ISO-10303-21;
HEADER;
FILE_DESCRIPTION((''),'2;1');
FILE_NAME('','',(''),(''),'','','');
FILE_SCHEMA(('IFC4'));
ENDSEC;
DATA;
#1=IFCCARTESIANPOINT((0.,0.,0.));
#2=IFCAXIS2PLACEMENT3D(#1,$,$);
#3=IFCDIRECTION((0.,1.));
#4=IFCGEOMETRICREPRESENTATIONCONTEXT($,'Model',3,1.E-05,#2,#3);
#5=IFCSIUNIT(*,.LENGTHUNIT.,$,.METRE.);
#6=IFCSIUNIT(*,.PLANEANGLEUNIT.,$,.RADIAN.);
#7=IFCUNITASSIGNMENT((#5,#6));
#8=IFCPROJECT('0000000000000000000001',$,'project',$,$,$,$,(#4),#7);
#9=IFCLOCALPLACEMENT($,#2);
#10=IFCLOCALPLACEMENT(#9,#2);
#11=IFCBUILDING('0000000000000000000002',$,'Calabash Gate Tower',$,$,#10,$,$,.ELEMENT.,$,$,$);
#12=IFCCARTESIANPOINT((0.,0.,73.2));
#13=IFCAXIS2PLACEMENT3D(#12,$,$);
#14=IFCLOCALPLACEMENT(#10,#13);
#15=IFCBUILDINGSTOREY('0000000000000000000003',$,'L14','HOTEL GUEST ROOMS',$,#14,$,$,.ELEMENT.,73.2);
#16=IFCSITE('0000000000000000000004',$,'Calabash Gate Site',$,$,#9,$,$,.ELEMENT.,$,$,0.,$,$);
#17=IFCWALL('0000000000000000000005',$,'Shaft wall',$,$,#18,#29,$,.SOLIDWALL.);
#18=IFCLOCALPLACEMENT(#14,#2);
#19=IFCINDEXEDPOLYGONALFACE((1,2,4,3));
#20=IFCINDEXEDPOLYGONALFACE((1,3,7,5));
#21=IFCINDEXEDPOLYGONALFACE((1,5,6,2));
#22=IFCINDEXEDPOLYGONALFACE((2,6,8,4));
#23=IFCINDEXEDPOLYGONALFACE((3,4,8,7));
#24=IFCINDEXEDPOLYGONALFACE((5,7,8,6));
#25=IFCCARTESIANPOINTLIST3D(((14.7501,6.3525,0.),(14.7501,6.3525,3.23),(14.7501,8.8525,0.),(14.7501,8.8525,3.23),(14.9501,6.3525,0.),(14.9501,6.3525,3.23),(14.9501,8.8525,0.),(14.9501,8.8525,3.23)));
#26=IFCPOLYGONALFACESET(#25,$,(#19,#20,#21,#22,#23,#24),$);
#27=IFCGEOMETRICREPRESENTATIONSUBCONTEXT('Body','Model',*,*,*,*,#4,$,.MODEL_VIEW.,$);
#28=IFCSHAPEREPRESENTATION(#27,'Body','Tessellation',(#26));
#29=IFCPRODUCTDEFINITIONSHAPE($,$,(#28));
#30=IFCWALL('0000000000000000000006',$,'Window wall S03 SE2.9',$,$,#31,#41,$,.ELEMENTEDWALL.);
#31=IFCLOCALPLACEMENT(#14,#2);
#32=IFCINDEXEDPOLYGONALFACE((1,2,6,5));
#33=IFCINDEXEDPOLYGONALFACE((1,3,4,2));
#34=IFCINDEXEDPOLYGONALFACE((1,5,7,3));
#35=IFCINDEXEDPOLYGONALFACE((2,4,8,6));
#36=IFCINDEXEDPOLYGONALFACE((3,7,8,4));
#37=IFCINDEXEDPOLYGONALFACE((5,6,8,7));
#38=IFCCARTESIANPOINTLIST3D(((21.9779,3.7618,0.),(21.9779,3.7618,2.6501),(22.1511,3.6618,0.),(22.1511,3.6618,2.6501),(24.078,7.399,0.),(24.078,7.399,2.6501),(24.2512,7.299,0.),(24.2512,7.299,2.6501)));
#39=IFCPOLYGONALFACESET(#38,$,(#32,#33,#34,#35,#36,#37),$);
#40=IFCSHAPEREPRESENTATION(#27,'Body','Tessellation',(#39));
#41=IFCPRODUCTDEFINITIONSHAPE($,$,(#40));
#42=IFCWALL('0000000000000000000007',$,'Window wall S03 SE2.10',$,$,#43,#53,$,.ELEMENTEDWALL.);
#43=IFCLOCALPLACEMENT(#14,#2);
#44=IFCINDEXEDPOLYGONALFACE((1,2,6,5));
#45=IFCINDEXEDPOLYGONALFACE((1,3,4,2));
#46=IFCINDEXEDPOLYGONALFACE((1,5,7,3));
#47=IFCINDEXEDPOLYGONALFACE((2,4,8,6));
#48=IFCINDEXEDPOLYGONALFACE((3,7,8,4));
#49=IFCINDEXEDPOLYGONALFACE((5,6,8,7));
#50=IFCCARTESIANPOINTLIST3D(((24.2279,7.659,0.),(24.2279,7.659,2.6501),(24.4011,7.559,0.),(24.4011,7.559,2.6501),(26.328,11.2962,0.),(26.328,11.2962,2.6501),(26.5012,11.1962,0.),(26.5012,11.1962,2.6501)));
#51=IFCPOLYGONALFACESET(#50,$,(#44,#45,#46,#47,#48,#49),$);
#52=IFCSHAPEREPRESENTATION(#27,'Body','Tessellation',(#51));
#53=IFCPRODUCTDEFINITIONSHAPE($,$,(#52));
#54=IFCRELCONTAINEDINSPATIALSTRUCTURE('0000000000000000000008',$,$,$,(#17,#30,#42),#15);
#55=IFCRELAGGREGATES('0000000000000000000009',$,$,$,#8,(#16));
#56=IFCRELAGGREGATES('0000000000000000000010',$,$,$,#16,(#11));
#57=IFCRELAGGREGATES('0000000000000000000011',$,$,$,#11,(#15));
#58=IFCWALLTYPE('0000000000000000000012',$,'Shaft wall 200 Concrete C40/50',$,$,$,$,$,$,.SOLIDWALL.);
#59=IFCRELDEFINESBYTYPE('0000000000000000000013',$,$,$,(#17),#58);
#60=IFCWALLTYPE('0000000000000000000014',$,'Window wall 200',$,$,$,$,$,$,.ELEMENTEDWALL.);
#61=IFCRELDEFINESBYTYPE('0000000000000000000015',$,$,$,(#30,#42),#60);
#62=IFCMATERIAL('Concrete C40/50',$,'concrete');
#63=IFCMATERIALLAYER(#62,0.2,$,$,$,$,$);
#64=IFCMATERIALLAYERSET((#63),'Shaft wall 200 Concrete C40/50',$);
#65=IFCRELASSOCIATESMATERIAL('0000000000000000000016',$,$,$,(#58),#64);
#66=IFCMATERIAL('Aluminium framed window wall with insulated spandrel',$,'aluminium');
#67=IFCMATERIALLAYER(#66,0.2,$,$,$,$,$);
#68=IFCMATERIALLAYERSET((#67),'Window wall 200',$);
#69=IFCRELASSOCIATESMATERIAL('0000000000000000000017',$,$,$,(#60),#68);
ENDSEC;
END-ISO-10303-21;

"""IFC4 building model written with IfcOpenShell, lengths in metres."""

from ifc_helpers import new_model, si_unit, direction, frame, frame_2d, origin, place, context, subcontext, project, spatial, rectangle, extrude, material, layer, layer_set, type_object, element, save


model = new_model("IFC4")

# Units and contexts
model_context = context("Model", 3, precision=1e-05, world=origin(), true_north=direction((0.0, 1.0)))
body_context = subcontext(model_context, "Body", "Model", "MODEL_VIEW")
ifc_project = project(units=[si_unit("LENGTHUNIT", "METRE"), si_unit("PLANEANGLEUNIT", "RADIAN")], contexts=[model_context])

# Site, building, storey
site_placement = place(None, origin())
site = spatial("IfcSite", under=ifc_project, at=site_placement, Name="Calabash Gate Site", CompositionType="ELEMENT", RefElevation=0.0)
building_placement = place(site_placement, origin())
building = spatial("IfcBuilding", under=site, at=building_placement, Name="Calabash Gate Tower", CompositionType="ELEMENT")
storey_placement = place(building_placement, frame((0.0, 0.0, 73.2)))
storey = spatial("IfcBuildingStorey", under=building, at=storey_placement, Name="L14", Description="HOTEL GUEST ROOMS", CompositionType="ELEMENT", Elevation=73.2)

# Walls
ifc_material_1 = material(Name="Concrete C40/50", Category="concrete")
ifc_layer_1 = layer(ifc_material_1, 0.2)
ifc_layer_set_1 = layer_set([ifc_layer_1], Name="Shaft wall 200 Concrete C40/50")
wall_type_1 = type_object("IfcWallType", Name="Shaft wall 200 Concrete C40/50", PredefinedType="SOLIDWALL", material=ifc_layer_set_1)
wall_1_placement = place(storey_placement, frame((14.8501, 6.3525, 0.0), z_axis=(0.0, 0.0, 1.0), x_axis=(0.0, 1.0, 0.0)))
element("IfcWall", 1, at=wall_1_placement, inside=storey, type_object=wall_type_1, Name="Shaft wall", PredefinedType="SOLIDWALL", context=body_context, shape_type="SweptSolid", body=[
    extrude(rectangle(XDim=2.5, YDim=0.2, at=frame_2d((1.25, 0.0))), origin(), (0.0, 0.0, 1.0), 3.23),
])
ifc_material_2 = material(Name="Aluminium framed window wall with insulated spandrel", Category="aluminium")
ifc_layer_2 = layer(ifc_material_2, 0.2)
ifc_layer_set_2 = layer_set([ifc_layer_2], Name="Window wall 200")
wall_type_2 = type_object("IfcWallType", Name="Window wall 200", PredefinedType="ELEMENTEDWALL", material=ifc_layer_set_2)
for number, where, z_axis, x_axis, name in (
    (2, (22.0645, 3.7117, 0.0), (0.0, 0.0, 1.0), (0.500028, 0.866009, 0.0), "Window wall S03 SE2.9"),
    (3, (24.3145, 7.6089, 0.0), (0.0, 0.0, 1.0), (0.500028, 0.866009, 0.0), "Window wall S03 SE2.10"),
):
    element("IfcWall", number, at=place(storey_placement, frame(where, z_axis=z_axis, x_axis=x_axis)), inside=storey, type_object=wall_type_2, Name=name, PredefinedType="ELEMENTEDWALL", context=body_context, shape_type="SweptSolid", body=[
        extrude(rectangle(XDim=4.2, YDim=0.2, at=frame_2d((2.1001, 0.0))), origin(), (0.0, 0.0, 1.0), 2.6501),
    ])

save(model, "model.ifc")
